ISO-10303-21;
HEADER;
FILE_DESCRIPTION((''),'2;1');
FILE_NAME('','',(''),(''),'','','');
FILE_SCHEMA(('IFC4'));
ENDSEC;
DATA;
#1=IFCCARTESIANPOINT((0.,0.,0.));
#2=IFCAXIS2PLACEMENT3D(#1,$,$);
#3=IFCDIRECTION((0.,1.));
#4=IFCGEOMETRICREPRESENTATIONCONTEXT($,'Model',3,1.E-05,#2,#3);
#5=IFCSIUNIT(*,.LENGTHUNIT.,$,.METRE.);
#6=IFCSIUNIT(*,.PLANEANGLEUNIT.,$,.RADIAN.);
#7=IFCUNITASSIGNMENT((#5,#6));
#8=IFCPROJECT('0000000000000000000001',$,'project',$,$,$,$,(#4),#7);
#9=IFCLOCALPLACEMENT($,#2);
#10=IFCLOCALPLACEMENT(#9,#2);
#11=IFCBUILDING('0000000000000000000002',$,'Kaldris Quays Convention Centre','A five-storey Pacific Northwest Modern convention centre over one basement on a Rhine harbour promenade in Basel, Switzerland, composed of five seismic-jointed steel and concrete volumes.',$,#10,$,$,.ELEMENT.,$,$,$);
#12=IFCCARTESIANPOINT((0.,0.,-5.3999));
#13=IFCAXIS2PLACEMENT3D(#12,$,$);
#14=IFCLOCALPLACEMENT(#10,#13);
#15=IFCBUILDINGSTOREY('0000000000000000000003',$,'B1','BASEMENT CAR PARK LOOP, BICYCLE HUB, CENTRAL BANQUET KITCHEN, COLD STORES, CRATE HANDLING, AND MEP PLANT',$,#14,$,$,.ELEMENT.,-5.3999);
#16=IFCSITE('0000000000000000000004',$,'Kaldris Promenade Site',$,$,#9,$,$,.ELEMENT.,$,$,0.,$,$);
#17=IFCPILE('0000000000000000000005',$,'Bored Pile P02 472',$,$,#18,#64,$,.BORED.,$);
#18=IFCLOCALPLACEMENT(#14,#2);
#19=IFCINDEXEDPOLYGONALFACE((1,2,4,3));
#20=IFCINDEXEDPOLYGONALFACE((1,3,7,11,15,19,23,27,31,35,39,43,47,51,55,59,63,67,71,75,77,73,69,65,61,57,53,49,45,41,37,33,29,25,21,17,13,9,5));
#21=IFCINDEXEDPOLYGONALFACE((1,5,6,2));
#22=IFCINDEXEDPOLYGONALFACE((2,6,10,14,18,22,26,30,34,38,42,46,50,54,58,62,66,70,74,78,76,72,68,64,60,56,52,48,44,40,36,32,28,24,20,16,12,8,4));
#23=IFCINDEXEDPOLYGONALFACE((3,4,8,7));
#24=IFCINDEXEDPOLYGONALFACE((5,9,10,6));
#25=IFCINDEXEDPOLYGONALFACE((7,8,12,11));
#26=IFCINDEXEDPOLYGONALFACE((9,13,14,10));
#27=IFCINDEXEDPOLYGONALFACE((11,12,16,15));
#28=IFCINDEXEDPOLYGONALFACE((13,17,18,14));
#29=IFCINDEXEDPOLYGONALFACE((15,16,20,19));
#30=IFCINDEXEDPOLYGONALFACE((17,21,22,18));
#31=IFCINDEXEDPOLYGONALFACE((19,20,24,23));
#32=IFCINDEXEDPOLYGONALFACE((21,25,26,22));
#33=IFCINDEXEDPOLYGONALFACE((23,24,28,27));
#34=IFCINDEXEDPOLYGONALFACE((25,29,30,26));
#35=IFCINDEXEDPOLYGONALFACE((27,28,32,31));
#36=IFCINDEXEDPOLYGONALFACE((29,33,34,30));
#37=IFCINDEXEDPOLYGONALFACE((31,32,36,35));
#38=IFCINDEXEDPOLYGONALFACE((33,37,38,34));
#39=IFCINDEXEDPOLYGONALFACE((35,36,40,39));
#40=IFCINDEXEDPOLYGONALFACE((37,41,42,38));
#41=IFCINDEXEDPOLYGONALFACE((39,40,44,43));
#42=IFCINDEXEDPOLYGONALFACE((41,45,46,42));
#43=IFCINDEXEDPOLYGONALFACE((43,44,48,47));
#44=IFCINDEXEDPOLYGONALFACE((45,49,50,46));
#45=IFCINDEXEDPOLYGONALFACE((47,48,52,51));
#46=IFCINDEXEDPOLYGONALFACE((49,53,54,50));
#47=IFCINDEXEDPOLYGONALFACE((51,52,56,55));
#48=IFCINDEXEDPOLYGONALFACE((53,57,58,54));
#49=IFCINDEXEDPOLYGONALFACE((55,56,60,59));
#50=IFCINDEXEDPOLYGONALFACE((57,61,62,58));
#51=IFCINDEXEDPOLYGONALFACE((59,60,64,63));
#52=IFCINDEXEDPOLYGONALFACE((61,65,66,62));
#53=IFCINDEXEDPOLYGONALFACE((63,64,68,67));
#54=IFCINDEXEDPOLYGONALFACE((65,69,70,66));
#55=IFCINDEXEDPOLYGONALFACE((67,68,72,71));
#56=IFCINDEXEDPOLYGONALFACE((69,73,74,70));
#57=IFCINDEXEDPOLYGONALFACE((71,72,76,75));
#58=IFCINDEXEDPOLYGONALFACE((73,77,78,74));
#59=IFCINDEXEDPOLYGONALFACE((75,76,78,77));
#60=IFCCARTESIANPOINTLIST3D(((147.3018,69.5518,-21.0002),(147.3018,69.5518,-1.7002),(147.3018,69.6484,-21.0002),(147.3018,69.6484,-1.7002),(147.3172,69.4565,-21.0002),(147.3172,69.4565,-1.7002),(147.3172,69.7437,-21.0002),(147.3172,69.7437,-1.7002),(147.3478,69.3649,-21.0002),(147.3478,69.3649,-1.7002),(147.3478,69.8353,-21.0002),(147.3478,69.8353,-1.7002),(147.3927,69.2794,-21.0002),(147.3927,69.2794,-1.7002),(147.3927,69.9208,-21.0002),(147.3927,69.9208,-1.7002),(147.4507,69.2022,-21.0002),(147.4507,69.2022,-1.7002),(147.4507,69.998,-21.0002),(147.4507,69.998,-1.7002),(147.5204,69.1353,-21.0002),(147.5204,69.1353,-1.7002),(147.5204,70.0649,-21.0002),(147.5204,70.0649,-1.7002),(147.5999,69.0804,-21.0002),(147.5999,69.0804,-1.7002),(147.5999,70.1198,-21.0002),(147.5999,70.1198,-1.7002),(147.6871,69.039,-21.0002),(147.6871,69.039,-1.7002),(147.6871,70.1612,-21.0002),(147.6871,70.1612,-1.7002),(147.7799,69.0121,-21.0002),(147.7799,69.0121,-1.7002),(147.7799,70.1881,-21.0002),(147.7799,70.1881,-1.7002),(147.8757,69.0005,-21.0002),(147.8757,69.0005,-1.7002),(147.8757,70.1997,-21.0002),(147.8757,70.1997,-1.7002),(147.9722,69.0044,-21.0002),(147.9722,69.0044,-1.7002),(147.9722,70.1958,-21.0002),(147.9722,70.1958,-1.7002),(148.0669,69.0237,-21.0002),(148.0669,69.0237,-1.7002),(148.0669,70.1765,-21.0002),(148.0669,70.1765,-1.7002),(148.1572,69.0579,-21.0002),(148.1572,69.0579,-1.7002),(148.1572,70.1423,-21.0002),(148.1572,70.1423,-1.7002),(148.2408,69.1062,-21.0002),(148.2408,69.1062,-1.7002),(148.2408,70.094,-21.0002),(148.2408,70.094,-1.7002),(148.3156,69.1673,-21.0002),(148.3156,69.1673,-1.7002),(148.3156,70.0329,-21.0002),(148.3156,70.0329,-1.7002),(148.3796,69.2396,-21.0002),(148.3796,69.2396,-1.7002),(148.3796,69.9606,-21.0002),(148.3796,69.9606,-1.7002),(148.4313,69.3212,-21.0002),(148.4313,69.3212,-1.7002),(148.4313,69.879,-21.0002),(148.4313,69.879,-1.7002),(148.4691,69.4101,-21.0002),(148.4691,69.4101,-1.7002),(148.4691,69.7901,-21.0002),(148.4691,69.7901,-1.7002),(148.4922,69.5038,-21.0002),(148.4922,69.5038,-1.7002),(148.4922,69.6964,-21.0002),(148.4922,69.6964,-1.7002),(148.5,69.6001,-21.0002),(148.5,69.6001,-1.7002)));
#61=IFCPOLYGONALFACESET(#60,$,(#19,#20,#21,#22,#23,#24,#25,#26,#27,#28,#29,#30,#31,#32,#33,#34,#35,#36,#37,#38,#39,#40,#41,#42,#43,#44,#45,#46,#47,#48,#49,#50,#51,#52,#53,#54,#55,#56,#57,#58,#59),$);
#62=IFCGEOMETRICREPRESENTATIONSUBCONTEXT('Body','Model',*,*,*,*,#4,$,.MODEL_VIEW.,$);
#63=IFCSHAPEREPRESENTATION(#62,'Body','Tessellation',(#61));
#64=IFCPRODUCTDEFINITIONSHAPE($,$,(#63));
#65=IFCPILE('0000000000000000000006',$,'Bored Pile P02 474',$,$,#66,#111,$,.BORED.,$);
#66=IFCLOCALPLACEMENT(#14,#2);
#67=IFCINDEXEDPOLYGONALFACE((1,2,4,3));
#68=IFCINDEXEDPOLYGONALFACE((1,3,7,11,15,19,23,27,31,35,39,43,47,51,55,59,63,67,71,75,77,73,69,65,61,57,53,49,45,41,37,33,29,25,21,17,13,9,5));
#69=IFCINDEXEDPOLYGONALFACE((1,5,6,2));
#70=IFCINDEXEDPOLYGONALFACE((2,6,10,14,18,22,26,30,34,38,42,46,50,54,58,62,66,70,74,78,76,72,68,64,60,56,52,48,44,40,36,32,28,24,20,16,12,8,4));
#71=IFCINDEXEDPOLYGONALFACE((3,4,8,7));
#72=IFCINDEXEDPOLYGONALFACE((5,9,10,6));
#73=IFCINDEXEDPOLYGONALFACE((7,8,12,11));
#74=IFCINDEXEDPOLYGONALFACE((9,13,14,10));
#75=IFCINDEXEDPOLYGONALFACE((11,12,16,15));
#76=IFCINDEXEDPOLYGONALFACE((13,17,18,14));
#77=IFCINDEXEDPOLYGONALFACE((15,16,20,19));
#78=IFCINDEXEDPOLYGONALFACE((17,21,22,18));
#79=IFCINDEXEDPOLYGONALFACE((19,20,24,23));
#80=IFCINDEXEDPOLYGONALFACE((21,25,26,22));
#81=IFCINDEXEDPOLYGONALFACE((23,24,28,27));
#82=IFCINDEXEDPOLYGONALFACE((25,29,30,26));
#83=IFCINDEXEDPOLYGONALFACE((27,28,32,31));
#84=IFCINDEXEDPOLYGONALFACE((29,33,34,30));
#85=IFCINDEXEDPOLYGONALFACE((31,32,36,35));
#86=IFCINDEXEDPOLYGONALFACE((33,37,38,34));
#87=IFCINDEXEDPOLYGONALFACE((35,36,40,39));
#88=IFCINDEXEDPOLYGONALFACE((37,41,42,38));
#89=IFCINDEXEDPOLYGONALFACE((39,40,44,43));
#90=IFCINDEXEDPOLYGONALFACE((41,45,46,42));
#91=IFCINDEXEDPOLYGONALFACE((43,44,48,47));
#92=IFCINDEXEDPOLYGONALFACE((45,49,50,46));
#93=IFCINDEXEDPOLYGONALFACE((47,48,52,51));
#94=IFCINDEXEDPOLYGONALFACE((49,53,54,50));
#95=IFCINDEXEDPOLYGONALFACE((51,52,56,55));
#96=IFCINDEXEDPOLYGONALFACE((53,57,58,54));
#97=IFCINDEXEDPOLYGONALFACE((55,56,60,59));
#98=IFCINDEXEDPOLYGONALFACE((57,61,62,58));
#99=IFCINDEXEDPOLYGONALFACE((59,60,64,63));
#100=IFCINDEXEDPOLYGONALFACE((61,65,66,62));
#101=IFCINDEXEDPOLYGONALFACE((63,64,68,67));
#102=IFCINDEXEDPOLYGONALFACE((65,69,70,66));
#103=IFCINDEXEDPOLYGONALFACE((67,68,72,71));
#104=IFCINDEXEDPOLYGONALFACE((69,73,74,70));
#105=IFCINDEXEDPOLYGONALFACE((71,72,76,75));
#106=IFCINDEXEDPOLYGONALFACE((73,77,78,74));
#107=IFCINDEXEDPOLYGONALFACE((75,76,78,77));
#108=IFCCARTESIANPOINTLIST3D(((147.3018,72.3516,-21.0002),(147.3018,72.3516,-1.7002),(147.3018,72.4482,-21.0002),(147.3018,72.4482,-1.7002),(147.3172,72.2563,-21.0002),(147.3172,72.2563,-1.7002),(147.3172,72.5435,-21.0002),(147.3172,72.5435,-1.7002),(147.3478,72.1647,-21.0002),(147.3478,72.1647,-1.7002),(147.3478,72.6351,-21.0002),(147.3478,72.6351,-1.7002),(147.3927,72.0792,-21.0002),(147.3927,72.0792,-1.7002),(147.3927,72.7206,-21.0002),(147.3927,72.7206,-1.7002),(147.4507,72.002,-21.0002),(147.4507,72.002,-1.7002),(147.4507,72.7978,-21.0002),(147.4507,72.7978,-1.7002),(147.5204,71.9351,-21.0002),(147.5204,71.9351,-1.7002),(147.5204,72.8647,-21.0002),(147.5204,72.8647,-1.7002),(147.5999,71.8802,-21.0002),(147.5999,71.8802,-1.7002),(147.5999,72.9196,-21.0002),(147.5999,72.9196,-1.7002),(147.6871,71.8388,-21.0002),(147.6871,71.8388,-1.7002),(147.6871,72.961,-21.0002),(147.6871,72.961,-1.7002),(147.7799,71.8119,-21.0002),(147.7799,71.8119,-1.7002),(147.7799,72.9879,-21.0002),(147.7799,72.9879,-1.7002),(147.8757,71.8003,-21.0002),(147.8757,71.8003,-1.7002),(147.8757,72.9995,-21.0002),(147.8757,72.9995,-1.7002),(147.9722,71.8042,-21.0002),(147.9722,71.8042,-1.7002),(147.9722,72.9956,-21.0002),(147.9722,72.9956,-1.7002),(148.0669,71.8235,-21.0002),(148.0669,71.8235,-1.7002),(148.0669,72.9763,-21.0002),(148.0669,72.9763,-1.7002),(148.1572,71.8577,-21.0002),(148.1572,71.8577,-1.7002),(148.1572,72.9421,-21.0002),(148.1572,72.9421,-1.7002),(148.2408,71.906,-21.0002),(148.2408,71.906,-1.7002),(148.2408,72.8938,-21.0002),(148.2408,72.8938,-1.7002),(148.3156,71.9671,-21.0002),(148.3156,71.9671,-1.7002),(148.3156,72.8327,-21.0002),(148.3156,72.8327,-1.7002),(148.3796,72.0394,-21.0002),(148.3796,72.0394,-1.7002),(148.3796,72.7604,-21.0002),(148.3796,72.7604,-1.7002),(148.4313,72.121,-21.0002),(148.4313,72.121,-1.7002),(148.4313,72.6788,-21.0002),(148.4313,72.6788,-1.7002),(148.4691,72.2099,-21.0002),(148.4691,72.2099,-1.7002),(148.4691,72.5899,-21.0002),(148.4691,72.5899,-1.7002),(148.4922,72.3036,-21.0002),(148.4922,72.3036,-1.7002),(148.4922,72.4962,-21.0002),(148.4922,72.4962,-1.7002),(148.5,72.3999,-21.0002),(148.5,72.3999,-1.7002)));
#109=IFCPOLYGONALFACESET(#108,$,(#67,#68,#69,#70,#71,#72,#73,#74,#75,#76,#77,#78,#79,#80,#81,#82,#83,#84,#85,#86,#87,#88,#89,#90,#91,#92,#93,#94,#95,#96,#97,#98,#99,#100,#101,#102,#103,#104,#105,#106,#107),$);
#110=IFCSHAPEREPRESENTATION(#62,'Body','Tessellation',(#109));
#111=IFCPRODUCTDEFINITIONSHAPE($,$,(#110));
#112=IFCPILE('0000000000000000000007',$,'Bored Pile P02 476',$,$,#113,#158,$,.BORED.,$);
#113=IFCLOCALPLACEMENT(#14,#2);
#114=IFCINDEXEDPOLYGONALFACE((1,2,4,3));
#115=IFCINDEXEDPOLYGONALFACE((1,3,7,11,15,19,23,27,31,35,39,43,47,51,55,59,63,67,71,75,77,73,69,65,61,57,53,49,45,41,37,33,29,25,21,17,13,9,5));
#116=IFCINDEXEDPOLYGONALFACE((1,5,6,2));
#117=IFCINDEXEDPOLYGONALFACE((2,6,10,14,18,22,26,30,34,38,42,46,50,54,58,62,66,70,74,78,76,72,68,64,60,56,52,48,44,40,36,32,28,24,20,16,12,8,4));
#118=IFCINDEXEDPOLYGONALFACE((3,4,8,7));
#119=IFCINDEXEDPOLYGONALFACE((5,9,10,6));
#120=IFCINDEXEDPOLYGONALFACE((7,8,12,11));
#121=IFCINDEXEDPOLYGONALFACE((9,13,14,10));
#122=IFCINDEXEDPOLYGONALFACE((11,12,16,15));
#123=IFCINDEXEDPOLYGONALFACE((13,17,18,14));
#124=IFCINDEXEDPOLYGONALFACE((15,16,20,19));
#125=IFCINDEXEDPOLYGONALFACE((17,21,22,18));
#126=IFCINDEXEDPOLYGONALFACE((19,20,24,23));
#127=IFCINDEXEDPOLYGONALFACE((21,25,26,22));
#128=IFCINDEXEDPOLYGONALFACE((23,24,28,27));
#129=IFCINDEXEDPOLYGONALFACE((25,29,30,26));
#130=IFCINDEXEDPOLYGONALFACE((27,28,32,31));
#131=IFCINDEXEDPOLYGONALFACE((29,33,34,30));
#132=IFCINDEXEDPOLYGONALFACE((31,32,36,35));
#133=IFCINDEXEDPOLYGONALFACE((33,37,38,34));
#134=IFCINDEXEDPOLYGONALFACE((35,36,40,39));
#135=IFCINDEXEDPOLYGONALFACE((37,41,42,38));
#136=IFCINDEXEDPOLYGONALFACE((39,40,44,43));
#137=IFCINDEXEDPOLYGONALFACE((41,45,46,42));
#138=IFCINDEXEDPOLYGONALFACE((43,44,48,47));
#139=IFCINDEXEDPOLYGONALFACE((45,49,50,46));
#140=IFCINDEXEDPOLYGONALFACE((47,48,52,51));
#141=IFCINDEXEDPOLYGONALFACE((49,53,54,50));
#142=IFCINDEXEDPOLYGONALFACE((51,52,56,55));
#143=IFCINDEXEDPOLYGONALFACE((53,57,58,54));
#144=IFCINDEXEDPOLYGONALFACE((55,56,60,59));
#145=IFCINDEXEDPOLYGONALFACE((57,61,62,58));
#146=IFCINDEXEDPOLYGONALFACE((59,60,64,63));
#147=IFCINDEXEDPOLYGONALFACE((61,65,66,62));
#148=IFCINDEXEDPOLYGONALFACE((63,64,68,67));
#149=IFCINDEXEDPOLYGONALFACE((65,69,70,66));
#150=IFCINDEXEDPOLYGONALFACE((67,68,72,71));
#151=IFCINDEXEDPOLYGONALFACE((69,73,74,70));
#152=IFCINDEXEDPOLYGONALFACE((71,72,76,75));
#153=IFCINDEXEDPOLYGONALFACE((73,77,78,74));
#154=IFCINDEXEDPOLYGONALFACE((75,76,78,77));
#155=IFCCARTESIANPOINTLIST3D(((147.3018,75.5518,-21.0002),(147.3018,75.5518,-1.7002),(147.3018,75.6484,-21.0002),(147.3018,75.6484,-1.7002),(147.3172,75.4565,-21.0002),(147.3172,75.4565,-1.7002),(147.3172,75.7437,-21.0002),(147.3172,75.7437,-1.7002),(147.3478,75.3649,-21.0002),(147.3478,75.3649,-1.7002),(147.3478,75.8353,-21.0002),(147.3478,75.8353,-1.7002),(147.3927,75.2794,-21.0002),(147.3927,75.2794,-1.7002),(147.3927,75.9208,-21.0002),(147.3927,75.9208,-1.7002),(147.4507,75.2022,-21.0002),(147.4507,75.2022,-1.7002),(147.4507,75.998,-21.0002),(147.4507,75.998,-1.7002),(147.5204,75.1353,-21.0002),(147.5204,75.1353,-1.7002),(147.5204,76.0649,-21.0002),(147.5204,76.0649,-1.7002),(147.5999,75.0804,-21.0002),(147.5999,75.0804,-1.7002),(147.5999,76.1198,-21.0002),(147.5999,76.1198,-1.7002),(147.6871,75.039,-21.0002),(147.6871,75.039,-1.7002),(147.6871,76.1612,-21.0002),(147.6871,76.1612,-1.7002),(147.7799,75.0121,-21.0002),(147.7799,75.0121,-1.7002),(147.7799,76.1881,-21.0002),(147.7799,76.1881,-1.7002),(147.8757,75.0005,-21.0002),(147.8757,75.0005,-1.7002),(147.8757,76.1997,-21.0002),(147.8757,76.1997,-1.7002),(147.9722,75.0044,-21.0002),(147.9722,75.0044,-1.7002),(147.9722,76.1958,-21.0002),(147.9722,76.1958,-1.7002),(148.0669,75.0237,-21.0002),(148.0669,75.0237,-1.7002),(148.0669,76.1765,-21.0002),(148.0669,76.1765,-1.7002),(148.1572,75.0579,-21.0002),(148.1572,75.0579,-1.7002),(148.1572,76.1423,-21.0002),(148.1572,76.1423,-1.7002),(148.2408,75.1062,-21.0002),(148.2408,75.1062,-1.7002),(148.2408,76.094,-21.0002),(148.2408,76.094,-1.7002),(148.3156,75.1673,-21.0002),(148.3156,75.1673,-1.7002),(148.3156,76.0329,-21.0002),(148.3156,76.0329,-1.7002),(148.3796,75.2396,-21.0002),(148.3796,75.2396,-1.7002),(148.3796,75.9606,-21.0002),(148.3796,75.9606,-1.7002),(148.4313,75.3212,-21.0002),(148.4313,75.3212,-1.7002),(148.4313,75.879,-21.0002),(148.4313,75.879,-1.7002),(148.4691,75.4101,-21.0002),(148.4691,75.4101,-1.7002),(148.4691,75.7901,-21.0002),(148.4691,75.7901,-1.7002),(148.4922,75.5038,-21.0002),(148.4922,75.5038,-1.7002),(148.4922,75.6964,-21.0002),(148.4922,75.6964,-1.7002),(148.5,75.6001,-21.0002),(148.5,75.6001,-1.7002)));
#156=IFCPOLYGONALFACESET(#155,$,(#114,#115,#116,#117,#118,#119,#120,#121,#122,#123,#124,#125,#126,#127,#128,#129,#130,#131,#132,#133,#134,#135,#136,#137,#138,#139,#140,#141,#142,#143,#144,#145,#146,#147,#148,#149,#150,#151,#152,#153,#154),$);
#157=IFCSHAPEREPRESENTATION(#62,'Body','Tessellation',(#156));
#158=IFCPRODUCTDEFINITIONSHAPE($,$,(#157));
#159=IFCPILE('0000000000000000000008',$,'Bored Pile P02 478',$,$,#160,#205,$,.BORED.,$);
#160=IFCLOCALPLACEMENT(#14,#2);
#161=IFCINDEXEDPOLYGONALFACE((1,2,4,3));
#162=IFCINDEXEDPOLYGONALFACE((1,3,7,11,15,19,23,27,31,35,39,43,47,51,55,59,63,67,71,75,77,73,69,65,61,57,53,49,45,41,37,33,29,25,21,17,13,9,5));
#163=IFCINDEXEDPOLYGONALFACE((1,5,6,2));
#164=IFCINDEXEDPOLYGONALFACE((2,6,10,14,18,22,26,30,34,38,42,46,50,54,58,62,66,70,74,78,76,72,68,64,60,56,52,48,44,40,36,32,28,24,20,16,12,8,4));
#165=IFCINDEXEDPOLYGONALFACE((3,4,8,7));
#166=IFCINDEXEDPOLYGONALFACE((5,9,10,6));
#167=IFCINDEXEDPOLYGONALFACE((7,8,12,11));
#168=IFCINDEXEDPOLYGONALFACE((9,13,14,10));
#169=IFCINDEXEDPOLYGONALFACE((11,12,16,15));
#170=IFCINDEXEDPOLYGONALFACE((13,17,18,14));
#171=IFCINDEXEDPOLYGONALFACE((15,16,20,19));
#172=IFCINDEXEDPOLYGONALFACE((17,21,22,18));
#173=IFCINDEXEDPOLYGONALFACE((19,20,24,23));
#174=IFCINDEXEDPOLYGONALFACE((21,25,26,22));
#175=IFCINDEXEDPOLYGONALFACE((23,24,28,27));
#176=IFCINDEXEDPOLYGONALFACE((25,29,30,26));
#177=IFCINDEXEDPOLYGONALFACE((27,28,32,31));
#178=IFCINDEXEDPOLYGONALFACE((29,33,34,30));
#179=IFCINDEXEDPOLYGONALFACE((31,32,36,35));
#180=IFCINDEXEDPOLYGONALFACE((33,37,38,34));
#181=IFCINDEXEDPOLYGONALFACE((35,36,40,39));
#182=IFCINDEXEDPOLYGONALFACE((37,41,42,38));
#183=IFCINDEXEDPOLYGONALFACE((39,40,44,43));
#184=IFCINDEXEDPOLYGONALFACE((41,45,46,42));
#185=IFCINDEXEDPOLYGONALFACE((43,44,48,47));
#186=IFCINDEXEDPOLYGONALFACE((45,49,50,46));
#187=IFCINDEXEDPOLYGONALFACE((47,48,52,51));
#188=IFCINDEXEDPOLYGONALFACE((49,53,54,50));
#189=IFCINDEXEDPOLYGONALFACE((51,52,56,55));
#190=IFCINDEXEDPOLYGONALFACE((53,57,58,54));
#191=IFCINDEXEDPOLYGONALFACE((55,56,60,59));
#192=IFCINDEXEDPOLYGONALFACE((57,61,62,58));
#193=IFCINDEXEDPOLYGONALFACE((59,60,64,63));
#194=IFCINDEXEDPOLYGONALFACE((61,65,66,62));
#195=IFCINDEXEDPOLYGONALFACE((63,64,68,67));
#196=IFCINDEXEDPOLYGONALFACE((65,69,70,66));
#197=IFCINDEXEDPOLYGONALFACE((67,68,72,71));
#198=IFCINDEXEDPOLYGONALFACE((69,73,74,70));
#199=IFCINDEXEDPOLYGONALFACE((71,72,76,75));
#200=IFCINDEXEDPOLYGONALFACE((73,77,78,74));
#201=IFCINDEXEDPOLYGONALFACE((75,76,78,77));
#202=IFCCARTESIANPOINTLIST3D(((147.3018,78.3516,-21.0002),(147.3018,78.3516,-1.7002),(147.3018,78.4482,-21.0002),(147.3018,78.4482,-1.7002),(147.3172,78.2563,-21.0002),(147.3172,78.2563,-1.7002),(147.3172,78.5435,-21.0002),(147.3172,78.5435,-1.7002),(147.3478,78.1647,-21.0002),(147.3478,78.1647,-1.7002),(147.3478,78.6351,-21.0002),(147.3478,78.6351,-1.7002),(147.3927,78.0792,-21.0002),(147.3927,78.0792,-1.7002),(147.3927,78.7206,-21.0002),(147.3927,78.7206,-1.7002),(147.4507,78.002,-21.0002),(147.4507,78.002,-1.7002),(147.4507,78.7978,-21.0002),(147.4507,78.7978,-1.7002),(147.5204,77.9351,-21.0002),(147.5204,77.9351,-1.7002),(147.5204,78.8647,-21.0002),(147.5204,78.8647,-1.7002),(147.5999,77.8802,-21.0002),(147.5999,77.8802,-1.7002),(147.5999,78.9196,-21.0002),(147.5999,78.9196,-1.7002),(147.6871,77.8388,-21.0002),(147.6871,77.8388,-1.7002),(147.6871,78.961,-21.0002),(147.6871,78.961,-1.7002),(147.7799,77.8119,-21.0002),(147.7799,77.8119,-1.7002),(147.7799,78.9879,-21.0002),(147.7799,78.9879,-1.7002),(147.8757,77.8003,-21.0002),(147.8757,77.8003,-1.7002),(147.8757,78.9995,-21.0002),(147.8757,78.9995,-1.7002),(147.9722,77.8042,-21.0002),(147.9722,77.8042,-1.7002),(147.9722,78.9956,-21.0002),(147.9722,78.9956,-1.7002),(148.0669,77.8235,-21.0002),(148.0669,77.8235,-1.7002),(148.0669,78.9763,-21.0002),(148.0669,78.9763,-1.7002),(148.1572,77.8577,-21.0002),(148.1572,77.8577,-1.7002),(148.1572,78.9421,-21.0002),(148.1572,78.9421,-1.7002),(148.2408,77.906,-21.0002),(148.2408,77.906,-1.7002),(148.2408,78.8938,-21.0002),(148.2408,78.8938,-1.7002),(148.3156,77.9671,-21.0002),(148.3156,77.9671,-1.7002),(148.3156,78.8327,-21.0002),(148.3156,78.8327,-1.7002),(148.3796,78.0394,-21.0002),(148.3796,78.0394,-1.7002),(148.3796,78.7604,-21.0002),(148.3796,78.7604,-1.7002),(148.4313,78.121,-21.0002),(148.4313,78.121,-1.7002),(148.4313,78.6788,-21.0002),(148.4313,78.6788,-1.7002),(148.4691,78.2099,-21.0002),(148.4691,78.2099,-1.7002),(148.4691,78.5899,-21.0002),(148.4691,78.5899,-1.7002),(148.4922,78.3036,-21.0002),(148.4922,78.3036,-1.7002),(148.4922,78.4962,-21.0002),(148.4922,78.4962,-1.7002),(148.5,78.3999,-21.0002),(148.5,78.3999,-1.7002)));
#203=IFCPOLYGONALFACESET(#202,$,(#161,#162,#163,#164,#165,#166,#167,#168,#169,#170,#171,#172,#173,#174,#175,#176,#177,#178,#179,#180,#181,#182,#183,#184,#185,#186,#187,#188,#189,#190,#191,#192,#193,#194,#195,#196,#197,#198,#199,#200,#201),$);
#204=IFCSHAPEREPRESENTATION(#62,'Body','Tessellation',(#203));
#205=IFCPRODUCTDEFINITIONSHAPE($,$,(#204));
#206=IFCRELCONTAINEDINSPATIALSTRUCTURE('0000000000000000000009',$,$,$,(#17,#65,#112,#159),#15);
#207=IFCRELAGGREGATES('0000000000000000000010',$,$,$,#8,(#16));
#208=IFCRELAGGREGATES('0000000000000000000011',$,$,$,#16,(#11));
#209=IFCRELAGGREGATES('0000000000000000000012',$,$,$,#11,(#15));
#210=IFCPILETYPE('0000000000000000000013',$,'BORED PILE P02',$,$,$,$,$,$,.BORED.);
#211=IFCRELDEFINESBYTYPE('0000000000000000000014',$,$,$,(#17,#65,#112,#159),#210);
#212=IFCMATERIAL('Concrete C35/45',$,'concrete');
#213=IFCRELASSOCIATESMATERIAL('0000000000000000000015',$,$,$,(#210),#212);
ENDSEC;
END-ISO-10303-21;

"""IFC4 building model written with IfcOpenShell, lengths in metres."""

from ifc_helpers import new_model, si_unit, direction, frame, origin, origin_2d, place, context, subcontext, project, spatial, circle, extrude, material, material_profile, profile_set, type_object, element, save


model = new_model("IFC4")

# Units and contexts
model_context = context("Model", 3, precision=1e-05, world=origin(), true_north=direction((0.0, 1.0)))
body_context = subcontext(model_context, "Body", "Model", "MODEL_VIEW")
ifc_project = project(units=[si_unit("LENGTHUNIT", "METRE"), si_unit("PLANEANGLEUNIT", "RADIAN")], contexts=[model_context])

# Site, building, storey
site_placement = place(None, origin())
site = spatial("IfcSite", under=ifc_project, at=site_placement, Name="Kaldris Promenade Site", CompositionType="ELEMENT", RefElevation=0.0)
building_placement = place(site_placement, origin())
building = spatial("IfcBuilding", under=site, at=building_placement, Name="Kaldris Quays Convention Centre", Description="A five-storey Pacific Northwest Modern convention centre over one basement on a Rhine harbour promenade in Basel, Switzerland, composed of five seismic-jointed steel and concrete volumes.", CompositionType="ELEMENT")
storey_placement = place(building_placement, frame((0.0, 0.0, -5.3999)))
storey = spatial("IfcBuildingStorey", under=building, at=storey_placement, Name="B1", Description="BASEMENT CAR PARK LOOP, BICYCLE HUB, CENTRAL BANQUET KITCHEN, COLD STORES, CRATE HANDLING, AND MEP PLANT", CompositionType="ELEMENT", Elevation=-5.3999)

# Piles
ifc_material_1 = material(Name="Concrete C35/45", Category="concrete")
ifc_material_profile_1 = material_profile(ifc_material_1, circle(Radius=0.6001, at=origin_2d()), Name="BORED PILE D1200")
ifc_profile_set_1 = profile_set([ifc_material_profile_1], Name="Concrete C35/45")
pile_type = type_object("IfcPileType", Name="BORED PILE P02", PredefinedType="BORED", material=ifc_profile_set_1)
for number, where, z_axis, x_axis, name in (
    (1, (147.8999, 69.6001, -1.7002), (0.0, 0.0, -1.0), (1.0, 0.0, 0.0), "Bored Pile P02 472"),
    (2, (147.8999, 72.3999, -1.7002), (0.0, 0.0, -1.0), (1.0, 0.0, 0.0), "Bored Pile P02 474"),
    (3, (147.8999, 75.6001, -1.7002), (0.0, 0.0, -1.0), (1.0, 0.0, 0.0), "Bored Pile P02 476"),
    (4, (147.8999, 78.3999, -1.7002), (0.0, 0.0, -1.0), (1.0, 0.0, 0.0), "Bored Pile P02 478"),
):
    element("IfcPile", number, at=place(storey_placement, frame(where, z_axis=z_axis, x_axis=x_axis)), inside=storey, type_object=pile_type, Name=name, PredefinedType="BORED", context=body_context, shape_type="SweptSolid", body=[
        extrude(circle(Radius=0.6001, at=origin_2d()), origin(), (0.0, 0.0, 1.0), 19.3),
    ])

save(model, "model.ifc")
